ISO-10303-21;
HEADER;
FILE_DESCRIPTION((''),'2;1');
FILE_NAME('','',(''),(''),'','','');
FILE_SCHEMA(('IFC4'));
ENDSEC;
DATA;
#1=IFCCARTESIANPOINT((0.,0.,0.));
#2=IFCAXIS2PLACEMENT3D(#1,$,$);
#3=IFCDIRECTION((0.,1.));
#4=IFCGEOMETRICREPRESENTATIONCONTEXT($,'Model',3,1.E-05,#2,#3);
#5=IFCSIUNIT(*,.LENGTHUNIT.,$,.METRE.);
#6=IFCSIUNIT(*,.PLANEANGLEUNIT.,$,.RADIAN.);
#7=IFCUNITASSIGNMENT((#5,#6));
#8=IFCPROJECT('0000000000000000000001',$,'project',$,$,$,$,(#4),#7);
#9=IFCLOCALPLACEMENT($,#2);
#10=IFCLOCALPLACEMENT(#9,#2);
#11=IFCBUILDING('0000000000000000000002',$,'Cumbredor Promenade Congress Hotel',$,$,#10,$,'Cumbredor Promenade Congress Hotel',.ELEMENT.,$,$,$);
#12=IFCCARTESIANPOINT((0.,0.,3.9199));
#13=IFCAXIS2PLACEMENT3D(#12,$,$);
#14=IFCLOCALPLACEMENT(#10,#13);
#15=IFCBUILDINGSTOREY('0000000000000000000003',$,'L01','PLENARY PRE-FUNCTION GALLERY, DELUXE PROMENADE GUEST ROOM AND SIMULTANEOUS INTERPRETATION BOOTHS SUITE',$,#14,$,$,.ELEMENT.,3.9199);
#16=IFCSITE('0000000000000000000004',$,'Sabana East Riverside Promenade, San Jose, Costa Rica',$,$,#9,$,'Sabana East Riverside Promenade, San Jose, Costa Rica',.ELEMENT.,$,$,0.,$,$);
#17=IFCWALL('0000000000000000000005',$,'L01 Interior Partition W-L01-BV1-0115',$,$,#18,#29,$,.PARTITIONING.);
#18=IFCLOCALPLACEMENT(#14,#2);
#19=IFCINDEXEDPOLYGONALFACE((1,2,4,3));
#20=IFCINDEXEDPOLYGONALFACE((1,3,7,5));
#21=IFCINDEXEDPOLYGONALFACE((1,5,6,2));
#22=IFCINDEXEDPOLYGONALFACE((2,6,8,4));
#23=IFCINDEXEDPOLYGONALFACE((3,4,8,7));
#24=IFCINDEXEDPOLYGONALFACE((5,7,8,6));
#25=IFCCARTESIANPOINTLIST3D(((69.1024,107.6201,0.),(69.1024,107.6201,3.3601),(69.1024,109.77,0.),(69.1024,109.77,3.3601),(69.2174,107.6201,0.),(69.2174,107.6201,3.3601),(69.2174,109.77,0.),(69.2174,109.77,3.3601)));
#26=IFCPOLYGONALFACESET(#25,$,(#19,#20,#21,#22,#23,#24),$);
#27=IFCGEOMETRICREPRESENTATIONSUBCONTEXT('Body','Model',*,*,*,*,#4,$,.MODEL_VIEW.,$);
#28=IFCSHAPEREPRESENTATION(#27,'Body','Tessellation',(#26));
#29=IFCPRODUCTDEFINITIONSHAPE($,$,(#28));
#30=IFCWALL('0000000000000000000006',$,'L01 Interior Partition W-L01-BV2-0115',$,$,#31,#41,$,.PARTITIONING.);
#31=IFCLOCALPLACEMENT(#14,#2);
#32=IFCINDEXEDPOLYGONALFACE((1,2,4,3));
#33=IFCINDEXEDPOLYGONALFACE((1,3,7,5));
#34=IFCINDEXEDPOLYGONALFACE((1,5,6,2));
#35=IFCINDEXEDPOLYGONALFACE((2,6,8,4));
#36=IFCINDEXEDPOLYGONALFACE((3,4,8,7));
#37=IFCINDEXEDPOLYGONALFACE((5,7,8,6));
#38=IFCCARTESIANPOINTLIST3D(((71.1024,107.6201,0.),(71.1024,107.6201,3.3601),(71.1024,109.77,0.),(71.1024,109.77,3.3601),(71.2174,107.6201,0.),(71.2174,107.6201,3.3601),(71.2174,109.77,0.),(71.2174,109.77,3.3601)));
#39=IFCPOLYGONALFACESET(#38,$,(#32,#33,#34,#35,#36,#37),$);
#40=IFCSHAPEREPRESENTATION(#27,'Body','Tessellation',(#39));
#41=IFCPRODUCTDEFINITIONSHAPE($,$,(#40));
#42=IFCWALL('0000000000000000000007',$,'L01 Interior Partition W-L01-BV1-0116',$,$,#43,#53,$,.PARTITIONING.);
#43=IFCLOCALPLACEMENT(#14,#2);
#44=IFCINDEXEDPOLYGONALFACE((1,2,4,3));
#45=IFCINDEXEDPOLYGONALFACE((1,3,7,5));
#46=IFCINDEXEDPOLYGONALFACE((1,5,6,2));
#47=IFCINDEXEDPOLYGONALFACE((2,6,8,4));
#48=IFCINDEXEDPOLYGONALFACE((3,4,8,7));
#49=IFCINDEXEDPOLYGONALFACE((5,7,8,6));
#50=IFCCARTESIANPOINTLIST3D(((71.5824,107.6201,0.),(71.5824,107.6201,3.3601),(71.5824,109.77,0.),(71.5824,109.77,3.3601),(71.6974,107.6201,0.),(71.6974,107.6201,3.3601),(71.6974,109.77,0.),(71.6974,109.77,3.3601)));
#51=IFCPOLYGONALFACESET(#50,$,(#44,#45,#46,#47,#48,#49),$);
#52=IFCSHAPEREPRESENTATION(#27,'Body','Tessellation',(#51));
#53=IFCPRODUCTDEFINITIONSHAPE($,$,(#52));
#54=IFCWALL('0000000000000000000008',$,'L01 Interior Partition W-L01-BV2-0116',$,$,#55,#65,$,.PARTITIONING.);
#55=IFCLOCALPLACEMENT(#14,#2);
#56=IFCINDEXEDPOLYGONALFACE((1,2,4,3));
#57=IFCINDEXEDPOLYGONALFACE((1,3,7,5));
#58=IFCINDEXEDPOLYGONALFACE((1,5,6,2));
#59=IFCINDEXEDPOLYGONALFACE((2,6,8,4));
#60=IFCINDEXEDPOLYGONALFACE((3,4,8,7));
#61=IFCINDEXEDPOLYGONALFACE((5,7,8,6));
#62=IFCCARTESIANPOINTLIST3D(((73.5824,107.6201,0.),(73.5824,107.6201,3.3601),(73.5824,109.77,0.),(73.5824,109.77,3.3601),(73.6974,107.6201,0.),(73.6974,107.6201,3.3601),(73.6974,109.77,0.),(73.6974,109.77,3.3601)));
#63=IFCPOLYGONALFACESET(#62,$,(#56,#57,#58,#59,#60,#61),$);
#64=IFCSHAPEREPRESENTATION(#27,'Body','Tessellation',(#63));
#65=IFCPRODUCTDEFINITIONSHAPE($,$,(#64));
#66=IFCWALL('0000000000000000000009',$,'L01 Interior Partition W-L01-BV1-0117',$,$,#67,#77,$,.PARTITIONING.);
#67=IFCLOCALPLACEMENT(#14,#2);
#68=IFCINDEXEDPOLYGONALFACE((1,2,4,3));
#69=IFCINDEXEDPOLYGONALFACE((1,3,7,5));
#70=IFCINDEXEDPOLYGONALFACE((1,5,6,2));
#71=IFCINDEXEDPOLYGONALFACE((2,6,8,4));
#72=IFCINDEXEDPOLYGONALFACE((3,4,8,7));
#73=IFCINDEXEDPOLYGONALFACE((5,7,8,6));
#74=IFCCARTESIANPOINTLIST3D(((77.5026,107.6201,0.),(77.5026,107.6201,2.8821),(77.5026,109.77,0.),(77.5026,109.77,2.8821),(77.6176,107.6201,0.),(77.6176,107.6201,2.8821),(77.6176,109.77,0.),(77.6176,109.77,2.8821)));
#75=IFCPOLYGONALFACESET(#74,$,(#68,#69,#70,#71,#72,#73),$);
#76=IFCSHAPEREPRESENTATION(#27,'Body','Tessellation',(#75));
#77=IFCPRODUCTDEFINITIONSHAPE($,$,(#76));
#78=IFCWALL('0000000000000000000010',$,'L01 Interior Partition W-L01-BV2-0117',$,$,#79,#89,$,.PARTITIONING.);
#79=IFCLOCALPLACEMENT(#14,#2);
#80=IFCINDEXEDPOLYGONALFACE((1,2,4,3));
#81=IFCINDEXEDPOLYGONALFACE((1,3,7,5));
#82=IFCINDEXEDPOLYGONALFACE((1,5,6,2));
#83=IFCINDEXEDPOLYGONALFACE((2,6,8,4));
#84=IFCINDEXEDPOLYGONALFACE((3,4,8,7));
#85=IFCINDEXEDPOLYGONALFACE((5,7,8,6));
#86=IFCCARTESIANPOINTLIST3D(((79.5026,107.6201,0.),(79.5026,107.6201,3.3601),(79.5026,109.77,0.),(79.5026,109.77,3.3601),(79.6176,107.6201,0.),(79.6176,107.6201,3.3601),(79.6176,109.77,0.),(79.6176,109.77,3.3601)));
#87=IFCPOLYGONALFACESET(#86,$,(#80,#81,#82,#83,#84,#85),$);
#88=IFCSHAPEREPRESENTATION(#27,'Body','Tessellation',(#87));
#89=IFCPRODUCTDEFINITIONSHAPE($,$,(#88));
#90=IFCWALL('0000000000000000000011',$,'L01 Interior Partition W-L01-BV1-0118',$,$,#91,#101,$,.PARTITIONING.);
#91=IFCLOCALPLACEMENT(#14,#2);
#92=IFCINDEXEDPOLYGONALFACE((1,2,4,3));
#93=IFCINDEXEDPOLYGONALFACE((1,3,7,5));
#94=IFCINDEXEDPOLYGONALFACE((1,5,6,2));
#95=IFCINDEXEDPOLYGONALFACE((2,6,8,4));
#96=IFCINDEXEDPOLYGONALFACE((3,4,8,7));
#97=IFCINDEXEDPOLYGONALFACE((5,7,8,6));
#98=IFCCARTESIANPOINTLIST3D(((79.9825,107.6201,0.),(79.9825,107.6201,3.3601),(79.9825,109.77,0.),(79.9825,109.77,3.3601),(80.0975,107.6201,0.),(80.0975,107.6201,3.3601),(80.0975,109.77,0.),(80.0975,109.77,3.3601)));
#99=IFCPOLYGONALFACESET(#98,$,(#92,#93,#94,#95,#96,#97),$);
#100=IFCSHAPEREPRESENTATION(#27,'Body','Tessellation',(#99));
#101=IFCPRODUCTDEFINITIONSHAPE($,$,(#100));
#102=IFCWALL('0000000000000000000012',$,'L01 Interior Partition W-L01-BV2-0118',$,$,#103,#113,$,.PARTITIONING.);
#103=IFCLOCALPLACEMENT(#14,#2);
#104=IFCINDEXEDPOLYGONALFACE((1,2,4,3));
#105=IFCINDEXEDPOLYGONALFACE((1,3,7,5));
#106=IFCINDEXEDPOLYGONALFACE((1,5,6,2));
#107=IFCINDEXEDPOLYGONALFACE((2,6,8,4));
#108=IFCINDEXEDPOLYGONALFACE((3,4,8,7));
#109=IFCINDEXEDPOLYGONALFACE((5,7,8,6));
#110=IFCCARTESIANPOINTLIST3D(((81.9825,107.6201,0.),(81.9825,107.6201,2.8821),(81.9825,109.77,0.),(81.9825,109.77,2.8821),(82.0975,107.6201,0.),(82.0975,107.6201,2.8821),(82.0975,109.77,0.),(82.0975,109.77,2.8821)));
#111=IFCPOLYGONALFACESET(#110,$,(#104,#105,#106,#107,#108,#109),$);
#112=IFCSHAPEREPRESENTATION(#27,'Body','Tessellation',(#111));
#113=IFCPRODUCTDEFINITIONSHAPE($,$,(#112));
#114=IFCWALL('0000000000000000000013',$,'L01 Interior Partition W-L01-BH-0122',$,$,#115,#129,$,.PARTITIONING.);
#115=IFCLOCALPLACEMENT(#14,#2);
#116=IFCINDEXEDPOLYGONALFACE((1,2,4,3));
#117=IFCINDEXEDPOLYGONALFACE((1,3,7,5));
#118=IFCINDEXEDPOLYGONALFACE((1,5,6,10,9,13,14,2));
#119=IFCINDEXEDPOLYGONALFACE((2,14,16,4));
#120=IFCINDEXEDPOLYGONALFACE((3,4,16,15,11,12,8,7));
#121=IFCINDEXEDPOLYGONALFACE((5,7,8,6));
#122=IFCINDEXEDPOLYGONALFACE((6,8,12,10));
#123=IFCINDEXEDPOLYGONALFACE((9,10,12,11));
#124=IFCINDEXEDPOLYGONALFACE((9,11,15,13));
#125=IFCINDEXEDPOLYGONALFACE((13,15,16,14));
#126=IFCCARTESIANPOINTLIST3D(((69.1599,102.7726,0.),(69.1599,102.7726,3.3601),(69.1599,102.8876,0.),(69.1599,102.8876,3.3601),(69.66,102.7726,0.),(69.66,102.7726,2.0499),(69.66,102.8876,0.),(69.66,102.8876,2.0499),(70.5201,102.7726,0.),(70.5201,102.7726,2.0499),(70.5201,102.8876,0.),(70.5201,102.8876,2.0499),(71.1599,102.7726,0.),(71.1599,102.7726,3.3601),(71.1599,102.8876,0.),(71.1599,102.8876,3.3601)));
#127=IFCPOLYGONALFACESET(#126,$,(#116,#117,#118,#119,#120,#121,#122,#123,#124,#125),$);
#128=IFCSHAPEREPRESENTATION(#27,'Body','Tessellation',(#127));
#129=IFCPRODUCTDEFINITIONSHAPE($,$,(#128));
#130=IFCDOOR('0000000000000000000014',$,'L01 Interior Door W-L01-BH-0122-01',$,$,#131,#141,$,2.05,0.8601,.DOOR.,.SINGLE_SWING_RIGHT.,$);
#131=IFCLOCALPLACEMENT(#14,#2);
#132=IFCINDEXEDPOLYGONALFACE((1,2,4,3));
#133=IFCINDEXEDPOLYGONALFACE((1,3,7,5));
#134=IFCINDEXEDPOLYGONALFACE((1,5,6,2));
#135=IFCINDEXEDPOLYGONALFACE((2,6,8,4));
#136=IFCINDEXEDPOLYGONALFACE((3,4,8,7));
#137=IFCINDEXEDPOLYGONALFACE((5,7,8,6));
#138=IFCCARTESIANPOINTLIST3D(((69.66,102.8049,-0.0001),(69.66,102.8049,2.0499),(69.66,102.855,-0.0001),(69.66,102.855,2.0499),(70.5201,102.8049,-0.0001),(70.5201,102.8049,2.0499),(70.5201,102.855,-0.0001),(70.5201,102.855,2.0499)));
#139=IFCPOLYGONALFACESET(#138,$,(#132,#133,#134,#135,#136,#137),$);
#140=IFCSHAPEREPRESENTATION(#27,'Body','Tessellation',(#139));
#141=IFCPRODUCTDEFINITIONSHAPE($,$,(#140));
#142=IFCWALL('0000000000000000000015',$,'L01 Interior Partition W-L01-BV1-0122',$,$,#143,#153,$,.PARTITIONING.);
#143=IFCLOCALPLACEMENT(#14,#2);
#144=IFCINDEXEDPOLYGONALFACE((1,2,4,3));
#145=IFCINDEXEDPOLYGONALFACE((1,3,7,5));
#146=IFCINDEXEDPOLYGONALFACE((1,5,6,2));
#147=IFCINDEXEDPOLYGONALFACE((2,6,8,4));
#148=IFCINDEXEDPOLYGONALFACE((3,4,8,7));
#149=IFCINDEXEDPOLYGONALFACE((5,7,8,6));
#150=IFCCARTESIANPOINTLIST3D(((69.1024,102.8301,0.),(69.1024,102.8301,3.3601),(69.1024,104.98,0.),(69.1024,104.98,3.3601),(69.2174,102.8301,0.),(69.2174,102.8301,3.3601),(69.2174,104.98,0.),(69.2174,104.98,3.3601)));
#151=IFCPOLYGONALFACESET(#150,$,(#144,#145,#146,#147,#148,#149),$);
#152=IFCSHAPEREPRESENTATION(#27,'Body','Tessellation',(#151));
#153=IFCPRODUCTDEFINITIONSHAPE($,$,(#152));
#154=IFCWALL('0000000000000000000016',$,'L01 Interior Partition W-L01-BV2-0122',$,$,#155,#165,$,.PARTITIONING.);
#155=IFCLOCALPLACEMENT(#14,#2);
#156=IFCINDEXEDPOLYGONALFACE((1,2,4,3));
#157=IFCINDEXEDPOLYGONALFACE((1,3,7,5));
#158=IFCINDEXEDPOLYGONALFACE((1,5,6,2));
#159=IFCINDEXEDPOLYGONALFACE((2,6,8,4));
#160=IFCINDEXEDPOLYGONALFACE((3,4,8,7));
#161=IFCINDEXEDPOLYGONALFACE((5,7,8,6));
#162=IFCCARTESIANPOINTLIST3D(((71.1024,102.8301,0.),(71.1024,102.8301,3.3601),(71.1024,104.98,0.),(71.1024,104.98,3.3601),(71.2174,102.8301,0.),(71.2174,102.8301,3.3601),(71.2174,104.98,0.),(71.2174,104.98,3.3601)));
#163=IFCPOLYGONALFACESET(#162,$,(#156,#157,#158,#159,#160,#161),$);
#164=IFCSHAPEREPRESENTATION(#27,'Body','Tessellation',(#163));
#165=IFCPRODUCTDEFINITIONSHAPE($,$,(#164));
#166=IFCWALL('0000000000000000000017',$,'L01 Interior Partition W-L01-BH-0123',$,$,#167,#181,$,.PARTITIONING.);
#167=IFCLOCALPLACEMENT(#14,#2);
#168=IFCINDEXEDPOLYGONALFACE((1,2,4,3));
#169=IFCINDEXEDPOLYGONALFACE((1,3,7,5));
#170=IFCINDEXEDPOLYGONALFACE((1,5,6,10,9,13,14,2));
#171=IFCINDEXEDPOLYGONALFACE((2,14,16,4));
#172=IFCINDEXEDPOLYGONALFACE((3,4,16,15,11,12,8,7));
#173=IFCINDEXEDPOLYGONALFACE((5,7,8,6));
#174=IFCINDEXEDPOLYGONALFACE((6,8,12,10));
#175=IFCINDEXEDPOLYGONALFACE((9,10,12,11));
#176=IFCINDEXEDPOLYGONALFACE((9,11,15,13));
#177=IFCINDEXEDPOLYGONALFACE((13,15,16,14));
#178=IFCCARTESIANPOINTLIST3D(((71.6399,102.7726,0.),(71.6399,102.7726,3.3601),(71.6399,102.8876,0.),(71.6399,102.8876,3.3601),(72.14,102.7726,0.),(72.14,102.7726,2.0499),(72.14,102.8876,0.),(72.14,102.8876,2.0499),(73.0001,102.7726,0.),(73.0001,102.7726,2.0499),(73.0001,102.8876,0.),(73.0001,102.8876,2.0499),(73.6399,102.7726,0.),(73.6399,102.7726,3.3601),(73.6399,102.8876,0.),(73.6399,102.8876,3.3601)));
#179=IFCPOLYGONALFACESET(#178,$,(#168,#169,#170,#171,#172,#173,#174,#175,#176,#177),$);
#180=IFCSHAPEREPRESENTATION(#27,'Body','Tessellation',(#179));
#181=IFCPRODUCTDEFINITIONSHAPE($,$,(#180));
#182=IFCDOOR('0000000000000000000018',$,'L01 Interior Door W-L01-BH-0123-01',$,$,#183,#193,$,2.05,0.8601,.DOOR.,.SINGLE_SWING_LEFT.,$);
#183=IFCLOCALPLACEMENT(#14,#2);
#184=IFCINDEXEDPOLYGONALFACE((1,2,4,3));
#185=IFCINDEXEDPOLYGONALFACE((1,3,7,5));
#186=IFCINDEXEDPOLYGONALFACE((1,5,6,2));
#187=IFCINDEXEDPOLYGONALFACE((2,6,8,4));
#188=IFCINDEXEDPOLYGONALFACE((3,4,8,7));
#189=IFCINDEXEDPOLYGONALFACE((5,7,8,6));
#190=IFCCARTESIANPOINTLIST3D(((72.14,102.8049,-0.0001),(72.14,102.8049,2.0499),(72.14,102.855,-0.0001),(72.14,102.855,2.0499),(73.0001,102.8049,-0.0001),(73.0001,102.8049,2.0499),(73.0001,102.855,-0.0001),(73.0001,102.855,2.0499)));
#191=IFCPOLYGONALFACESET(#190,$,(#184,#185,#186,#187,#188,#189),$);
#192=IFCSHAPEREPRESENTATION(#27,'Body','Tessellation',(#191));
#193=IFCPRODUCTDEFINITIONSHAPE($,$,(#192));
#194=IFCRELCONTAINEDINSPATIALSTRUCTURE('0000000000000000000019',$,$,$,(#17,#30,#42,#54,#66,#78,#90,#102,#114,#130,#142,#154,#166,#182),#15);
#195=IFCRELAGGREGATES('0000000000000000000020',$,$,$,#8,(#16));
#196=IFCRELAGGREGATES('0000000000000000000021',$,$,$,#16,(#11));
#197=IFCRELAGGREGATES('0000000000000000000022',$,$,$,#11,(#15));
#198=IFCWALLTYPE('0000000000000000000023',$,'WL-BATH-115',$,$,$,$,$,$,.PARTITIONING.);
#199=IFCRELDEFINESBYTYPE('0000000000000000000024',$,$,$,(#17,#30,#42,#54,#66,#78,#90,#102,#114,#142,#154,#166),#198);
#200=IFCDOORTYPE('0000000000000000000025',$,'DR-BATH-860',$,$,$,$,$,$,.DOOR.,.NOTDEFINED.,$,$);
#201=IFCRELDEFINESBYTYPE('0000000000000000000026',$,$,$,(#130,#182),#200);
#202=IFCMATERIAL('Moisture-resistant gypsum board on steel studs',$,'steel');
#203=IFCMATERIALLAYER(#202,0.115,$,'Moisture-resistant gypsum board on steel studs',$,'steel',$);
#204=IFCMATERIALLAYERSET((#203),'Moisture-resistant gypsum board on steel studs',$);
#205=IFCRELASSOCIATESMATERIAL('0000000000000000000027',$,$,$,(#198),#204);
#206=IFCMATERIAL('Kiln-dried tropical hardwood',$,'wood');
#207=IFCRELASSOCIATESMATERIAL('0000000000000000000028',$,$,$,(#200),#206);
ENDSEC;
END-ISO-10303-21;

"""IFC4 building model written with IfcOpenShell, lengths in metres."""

from ifc_helpers import new_model, si_unit, direction, frame, frame_2d, origin, place, context, subcontext, project, spatial, rectangle, extrude, material, layer, layer_set, type_object, element, fill, save


model = new_model("IFC4")

# Units and contexts
model_context = context("Model", 3, precision=1e-05, world=origin(), true_north=direction((0.0, 1.0)))
body_context = subcontext(model_context, "Body", "Model", "MODEL_VIEW")
ifc_project = project(units=[si_unit("LENGTHUNIT", "METRE"), si_unit("PLANEANGLEUNIT", "RADIAN")], contexts=[model_context])

# Site, building, storey
site_placement = place(None, origin())
site = spatial("IfcSite", under=ifc_project, at=site_placement, Name="Sabana East Riverside Promenade, San Jose, Costa Rica", LongName="Sabana East Riverside Promenade, San Jose, Costa Rica", CompositionType="ELEMENT", RefElevation=0.0)
building_placement = place(site_placement, origin())
building = spatial("IfcBuilding", under=site, at=building_placement, Name="Cumbredor Promenade Congress Hotel", LongName="Cumbredor Promenade Congress Hotel", CompositionType="ELEMENT")
storey_placement = place(building_placement, frame((0.0, 0.0, 3.9199)))
storey = spatial("IfcBuildingStorey", under=building, at=storey_placement, Name="L01", Description="PLENARY PRE-FUNCTION GALLERY, DELUXE PROMENADE GUEST ROOM AND SIMULTANEOUS INTERPRETATION BOOTHS SUITE", CompositionType="ELEMENT", Elevation=3.9199)

# Walls
ifc_material_1 = material(Name="Moisture-resistant gypsum board on steel studs", Category="steel")
ifc_layer_1 = layer(ifc_material_1, 0.115, Name="Moisture-resistant gypsum board on steel studs", Category="steel")
ifc_layer_set_1 = layer_set([ifc_layer_1], Name="Moisture-resistant gypsum board on steel studs")
wall_type_1 = type_object("IfcWallType", Name="WL-BATH-115", PredefinedType="PARTITIONING", material=ifc_layer_set_1)
for number, where, z_axis, x_axis, name in (
    (1, (69.1599, 107.6201, 0.0), (0.0, 0.0, 1.0), (0.0, 1.0, 0.0), "L01 Interior Partition W-L01-BV1-0115"),
    (2, (71.1599, 107.6201, 0.0), (0.0, 0.0, 1.0), (0.0, 1.0, 0.0), "L01 Interior Partition W-L01-BV2-0115"),
    (3, (71.6399, 107.6201, 0.0), (0.0, 0.0, 1.0), (0.0, 1.0, 0.0), "L01 Interior Partition W-L01-BV1-0116"),
    (4, (73.6399, 107.6201, 0.0), (0.0, 0.0, 1.0), (0.0, 1.0, 0.0), "L01 Interior Partition W-L01-BV2-0116"),
):
    element("IfcWall", number, at=place(storey_placement, frame(where, z_axis=z_axis, x_axis=x_axis)), inside=storey, type_object=wall_type_1, Name=name, PredefinedType="PARTITIONING", context=body_context, shape_type="SweptSolid", body=[
        extrude(rectangle(XDim=2.1499, YDim=0.115, at=frame_2d((1.075, 0.0))), origin(), (0.0, 0.0, 1.0), 3.3601),
    ])
wall_1_placement = place(storey_placement, frame((77.5601, 107.6201, 0.0), z_axis=(0.0, 0.0, 1.0), x_axis=(0.0, 1.0, 0.0)))
element("IfcWall", 5, at=wall_1_placement, inside=storey, type_object=wall_type_1, Name="L01 Interior Partition W-L01-BV1-0117", PredefinedType="PARTITIONING", context=body_context, shape_type="SweptSolid", body=[
    extrude(rectangle(XDim=2.1499, YDim=0.115, at=frame_2d((1.075, 0.0))), origin(), (0.0, 0.0, 1.0), 2.8821),
])
for number, where, z_axis, x_axis, name in (
    (6, (79.5601, 107.6201, 0.0), (0.0, 0.0, 1.0), (0.0, 1.0, 0.0), "L01 Interior Partition W-L01-BV2-0117"),
    (7, (80.04, 107.6201, 0.0), (0.0, 0.0, 1.0), (0.0, 1.0, 0.0), "L01 Interior Partition W-L01-BV1-0118"),
):
    element("IfcWall", number, at=place(storey_placement, frame(where, z_axis=z_axis, x_axis=x_axis)), inside=storey, type_object=wall_type_1, Name=name, PredefinedType="PARTITIONING", context=body_context, shape_type="SweptSolid", body=[
        extrude(rectangle(XDim=2.1499, YDim=0.115, at=frame_2d((1.075, 0.0))), origin(), (0.0, 0.0, 1.0), 3.3601),
    ])
wall_2_placement = place(storey_placement, frame((82.04, 107.6201, 0.0), z_axis=(0.0, 0.0, 1.0), x_axis=(0.0, 1.0, 0.0)))
element("IfcWall", 8, at=wall_2_placement, inside=storey, type_object=wall_type_1, Name="L01 Interior Partition W-L01-BV2-0118", PredefinedType="PARTITIONING", context=body_context, shape_type="SweptSolid", body=[
    extrude(rectangle(XDim=2.1499, YDim=0.115, at=frame_2d((1.075, 0.0))), origin(), (0.0, 0.0, 1.0), 2.8821),
])

# Wall, opening, door
wall_3_placement = place(storey_placement, frame((69.1599, 102.8301, 0.0), z_axis=(0.0, 0.0, 1.0), x_axis=(1.0, 0.0, 0.0)))
wall_3 = element("IfcWall", 9, at=wall_3_placement, inside=storey, type_object=wall_type_1, Name="L01 Interior Partition W-L01-BH-0122", PredefinedType="PARTITIONING", context=body_context, shape_type="SweptSolid", body=[
    extrude(rectangle(XDim=2.0, YDim=0.115, at=frame_2d((1.0, 0.0))), origin(), (0.0, 0.0, 1.0), 3.3601),
])
opening_1_placement = place(wall_3_placement, frame((0.5, 0.0, 0.0)))
opening_1 = element("IfcOpeningElement", 10, at=opening_1_placement, cuts=wall_3, PredefinedType="OPENING", context=body_context, shape_type="SweptSolid", body=[
    extrude(rectangle(XDim=0.8601, YDim=2.05, at=frame_2d((0.4302, 1.0249))), frame((0.0, 0.0674, 0.0), z_axis=(0.0, -1.0, 0.0), x_axis=(1.0, 0.0, 0.0)), (0.0, 0.0, 1.0), 0.135),
])
ifc_material_2 = material(Name="Kiln-dried tropical hardwood", Category="wood")
door_type = type_object("IfcDoorType", Name="DR-BATH-860", OperationType="NOTDEFINED", PredefinedType="DOOR", material=ifc_material_2)
door_1_placement = place(opening_1_placement, origin())
door_1 = element("IfcDoor", 11, at=door_1_placement, inside=storey, type_object=door_type, Name="L01 Interior Door W-L01-BH-0122-01", OperationType="SINGLE_SWING_RIGHT", OverallHeight=2.05, OverallWidth=0.8601, PredefinedType="DOOR", context=body_context, shape_type="SweptSolid", body=[
    extrude(rectangle(XDim=0.8601, YDim=2.05, at=frame_2d((0.4302, 1.0249))), frame((0.0, 0.0249, 0.0), z_axis=(0.0, -1.0, 0.0), x_axis=(1.0, 0.0, 0.0)), (0.0, 0.0, 1.0), 0.05),
])
fill(opening_1, door_1)

# Walls
for number, where, z_axis, x_axis, name in (
    (12, (69.1599, 102.8301, 0.0), (0.0, 0.0, 1.0), (0.0, 1.0, 0.0), "L01 Interior Partition W-L01-BV1-0122"),
    (13, (71.1599, 102.8301, 0.0), (0.0, 0.0, 1.0), (0.0, 1.0, 0.0), "L01 Interior Partition W-L01-BV2-0122"),
):
    element("IfcWall", number, at=place(storey_placement, frame(where, z_axis=z_axis, x_axis=x_axis)), inside=storey, type_object=wall_type_1, Name=name, PredefinedType="PARTITIONING", context=body_context, shape_type="SweptSolid", body=[
        extrude(rectangle(XDim=2.1499, YDim=0.115, at=frame_2d((1.075, 0.0))), origin(), (0.0, 0.0, 1.0), 3.3601),
    ])

# Wall, opening, door
wall_4_placement = place(storey_placement, frame((71.6399, 102.8301, 0.0), z_axis=(0.0, 0.0, 1.0), x_axis=(1.0, 0.0, 0.0)))
wall_4 = element("IfcWall", 14, at=wall_4_placement, inside=storey, type_object=wall_type_1, Name="L01 Interior Partition W-L01-BH-0123", PredefinedType="PARTITIONING", context=body_context, shape_type="SweptSolid", body=[
    extrude(rectangle(XDim=2.0, YDim=0.115, at=frame_2d((1.0, 0.0))), origin(), (0.0, 0.0, 1.0), 3.3601),
])
opening_2_placement = place(wall_4_placement, frame((0.5, 0.0, 0.0)))
opening_2 = element("IfcOpeningElement", 15, at=opening_2_placement, cuts=wall_4, PredefinedType="OPENING", context=body_context, shape_type="SweptSolid", body=[
    extrude(rectangle(XDim=0.8601, YDim=2.05, at=frame_2d((0.4302, 1.0249))), frame((0.0, 0.0674, 0.0), z_axis=(0.0, -1.0, 0.0), x_axis=(1.0, 0.0, 0.0)), (0.0, 0.0, 1.0), 0.135),
])
door_2_placement = place(opening_2_placement, origin())
door_2 = element("IfcDoor", 16, at=door_2_placement, inside=storey, type_object=door_type, Name="L01 Interior Door W-L01-BH-0123-01", OperationType="SINGLE_SWING_LEFT", OverallHeight=2.05, OverallWidth=0.8601, PredefinedType="DOOR", context=body_context, shape_type="SweptSolid", body=[
    extrude(rectangle(XDim=0.8601, YDim=2.05, at=frame_2d((0.4302, 1.0249))), frame((0.0, 0.0249, 0.0), z_axis=(0.0, -1.0, 0.0), x_axis=(1.0, 0.0, 0.0)), (0.0, 0.0, 1.0), 0.05),
])
fill(opening_2, door_2)

save(model, "model.ifc")
